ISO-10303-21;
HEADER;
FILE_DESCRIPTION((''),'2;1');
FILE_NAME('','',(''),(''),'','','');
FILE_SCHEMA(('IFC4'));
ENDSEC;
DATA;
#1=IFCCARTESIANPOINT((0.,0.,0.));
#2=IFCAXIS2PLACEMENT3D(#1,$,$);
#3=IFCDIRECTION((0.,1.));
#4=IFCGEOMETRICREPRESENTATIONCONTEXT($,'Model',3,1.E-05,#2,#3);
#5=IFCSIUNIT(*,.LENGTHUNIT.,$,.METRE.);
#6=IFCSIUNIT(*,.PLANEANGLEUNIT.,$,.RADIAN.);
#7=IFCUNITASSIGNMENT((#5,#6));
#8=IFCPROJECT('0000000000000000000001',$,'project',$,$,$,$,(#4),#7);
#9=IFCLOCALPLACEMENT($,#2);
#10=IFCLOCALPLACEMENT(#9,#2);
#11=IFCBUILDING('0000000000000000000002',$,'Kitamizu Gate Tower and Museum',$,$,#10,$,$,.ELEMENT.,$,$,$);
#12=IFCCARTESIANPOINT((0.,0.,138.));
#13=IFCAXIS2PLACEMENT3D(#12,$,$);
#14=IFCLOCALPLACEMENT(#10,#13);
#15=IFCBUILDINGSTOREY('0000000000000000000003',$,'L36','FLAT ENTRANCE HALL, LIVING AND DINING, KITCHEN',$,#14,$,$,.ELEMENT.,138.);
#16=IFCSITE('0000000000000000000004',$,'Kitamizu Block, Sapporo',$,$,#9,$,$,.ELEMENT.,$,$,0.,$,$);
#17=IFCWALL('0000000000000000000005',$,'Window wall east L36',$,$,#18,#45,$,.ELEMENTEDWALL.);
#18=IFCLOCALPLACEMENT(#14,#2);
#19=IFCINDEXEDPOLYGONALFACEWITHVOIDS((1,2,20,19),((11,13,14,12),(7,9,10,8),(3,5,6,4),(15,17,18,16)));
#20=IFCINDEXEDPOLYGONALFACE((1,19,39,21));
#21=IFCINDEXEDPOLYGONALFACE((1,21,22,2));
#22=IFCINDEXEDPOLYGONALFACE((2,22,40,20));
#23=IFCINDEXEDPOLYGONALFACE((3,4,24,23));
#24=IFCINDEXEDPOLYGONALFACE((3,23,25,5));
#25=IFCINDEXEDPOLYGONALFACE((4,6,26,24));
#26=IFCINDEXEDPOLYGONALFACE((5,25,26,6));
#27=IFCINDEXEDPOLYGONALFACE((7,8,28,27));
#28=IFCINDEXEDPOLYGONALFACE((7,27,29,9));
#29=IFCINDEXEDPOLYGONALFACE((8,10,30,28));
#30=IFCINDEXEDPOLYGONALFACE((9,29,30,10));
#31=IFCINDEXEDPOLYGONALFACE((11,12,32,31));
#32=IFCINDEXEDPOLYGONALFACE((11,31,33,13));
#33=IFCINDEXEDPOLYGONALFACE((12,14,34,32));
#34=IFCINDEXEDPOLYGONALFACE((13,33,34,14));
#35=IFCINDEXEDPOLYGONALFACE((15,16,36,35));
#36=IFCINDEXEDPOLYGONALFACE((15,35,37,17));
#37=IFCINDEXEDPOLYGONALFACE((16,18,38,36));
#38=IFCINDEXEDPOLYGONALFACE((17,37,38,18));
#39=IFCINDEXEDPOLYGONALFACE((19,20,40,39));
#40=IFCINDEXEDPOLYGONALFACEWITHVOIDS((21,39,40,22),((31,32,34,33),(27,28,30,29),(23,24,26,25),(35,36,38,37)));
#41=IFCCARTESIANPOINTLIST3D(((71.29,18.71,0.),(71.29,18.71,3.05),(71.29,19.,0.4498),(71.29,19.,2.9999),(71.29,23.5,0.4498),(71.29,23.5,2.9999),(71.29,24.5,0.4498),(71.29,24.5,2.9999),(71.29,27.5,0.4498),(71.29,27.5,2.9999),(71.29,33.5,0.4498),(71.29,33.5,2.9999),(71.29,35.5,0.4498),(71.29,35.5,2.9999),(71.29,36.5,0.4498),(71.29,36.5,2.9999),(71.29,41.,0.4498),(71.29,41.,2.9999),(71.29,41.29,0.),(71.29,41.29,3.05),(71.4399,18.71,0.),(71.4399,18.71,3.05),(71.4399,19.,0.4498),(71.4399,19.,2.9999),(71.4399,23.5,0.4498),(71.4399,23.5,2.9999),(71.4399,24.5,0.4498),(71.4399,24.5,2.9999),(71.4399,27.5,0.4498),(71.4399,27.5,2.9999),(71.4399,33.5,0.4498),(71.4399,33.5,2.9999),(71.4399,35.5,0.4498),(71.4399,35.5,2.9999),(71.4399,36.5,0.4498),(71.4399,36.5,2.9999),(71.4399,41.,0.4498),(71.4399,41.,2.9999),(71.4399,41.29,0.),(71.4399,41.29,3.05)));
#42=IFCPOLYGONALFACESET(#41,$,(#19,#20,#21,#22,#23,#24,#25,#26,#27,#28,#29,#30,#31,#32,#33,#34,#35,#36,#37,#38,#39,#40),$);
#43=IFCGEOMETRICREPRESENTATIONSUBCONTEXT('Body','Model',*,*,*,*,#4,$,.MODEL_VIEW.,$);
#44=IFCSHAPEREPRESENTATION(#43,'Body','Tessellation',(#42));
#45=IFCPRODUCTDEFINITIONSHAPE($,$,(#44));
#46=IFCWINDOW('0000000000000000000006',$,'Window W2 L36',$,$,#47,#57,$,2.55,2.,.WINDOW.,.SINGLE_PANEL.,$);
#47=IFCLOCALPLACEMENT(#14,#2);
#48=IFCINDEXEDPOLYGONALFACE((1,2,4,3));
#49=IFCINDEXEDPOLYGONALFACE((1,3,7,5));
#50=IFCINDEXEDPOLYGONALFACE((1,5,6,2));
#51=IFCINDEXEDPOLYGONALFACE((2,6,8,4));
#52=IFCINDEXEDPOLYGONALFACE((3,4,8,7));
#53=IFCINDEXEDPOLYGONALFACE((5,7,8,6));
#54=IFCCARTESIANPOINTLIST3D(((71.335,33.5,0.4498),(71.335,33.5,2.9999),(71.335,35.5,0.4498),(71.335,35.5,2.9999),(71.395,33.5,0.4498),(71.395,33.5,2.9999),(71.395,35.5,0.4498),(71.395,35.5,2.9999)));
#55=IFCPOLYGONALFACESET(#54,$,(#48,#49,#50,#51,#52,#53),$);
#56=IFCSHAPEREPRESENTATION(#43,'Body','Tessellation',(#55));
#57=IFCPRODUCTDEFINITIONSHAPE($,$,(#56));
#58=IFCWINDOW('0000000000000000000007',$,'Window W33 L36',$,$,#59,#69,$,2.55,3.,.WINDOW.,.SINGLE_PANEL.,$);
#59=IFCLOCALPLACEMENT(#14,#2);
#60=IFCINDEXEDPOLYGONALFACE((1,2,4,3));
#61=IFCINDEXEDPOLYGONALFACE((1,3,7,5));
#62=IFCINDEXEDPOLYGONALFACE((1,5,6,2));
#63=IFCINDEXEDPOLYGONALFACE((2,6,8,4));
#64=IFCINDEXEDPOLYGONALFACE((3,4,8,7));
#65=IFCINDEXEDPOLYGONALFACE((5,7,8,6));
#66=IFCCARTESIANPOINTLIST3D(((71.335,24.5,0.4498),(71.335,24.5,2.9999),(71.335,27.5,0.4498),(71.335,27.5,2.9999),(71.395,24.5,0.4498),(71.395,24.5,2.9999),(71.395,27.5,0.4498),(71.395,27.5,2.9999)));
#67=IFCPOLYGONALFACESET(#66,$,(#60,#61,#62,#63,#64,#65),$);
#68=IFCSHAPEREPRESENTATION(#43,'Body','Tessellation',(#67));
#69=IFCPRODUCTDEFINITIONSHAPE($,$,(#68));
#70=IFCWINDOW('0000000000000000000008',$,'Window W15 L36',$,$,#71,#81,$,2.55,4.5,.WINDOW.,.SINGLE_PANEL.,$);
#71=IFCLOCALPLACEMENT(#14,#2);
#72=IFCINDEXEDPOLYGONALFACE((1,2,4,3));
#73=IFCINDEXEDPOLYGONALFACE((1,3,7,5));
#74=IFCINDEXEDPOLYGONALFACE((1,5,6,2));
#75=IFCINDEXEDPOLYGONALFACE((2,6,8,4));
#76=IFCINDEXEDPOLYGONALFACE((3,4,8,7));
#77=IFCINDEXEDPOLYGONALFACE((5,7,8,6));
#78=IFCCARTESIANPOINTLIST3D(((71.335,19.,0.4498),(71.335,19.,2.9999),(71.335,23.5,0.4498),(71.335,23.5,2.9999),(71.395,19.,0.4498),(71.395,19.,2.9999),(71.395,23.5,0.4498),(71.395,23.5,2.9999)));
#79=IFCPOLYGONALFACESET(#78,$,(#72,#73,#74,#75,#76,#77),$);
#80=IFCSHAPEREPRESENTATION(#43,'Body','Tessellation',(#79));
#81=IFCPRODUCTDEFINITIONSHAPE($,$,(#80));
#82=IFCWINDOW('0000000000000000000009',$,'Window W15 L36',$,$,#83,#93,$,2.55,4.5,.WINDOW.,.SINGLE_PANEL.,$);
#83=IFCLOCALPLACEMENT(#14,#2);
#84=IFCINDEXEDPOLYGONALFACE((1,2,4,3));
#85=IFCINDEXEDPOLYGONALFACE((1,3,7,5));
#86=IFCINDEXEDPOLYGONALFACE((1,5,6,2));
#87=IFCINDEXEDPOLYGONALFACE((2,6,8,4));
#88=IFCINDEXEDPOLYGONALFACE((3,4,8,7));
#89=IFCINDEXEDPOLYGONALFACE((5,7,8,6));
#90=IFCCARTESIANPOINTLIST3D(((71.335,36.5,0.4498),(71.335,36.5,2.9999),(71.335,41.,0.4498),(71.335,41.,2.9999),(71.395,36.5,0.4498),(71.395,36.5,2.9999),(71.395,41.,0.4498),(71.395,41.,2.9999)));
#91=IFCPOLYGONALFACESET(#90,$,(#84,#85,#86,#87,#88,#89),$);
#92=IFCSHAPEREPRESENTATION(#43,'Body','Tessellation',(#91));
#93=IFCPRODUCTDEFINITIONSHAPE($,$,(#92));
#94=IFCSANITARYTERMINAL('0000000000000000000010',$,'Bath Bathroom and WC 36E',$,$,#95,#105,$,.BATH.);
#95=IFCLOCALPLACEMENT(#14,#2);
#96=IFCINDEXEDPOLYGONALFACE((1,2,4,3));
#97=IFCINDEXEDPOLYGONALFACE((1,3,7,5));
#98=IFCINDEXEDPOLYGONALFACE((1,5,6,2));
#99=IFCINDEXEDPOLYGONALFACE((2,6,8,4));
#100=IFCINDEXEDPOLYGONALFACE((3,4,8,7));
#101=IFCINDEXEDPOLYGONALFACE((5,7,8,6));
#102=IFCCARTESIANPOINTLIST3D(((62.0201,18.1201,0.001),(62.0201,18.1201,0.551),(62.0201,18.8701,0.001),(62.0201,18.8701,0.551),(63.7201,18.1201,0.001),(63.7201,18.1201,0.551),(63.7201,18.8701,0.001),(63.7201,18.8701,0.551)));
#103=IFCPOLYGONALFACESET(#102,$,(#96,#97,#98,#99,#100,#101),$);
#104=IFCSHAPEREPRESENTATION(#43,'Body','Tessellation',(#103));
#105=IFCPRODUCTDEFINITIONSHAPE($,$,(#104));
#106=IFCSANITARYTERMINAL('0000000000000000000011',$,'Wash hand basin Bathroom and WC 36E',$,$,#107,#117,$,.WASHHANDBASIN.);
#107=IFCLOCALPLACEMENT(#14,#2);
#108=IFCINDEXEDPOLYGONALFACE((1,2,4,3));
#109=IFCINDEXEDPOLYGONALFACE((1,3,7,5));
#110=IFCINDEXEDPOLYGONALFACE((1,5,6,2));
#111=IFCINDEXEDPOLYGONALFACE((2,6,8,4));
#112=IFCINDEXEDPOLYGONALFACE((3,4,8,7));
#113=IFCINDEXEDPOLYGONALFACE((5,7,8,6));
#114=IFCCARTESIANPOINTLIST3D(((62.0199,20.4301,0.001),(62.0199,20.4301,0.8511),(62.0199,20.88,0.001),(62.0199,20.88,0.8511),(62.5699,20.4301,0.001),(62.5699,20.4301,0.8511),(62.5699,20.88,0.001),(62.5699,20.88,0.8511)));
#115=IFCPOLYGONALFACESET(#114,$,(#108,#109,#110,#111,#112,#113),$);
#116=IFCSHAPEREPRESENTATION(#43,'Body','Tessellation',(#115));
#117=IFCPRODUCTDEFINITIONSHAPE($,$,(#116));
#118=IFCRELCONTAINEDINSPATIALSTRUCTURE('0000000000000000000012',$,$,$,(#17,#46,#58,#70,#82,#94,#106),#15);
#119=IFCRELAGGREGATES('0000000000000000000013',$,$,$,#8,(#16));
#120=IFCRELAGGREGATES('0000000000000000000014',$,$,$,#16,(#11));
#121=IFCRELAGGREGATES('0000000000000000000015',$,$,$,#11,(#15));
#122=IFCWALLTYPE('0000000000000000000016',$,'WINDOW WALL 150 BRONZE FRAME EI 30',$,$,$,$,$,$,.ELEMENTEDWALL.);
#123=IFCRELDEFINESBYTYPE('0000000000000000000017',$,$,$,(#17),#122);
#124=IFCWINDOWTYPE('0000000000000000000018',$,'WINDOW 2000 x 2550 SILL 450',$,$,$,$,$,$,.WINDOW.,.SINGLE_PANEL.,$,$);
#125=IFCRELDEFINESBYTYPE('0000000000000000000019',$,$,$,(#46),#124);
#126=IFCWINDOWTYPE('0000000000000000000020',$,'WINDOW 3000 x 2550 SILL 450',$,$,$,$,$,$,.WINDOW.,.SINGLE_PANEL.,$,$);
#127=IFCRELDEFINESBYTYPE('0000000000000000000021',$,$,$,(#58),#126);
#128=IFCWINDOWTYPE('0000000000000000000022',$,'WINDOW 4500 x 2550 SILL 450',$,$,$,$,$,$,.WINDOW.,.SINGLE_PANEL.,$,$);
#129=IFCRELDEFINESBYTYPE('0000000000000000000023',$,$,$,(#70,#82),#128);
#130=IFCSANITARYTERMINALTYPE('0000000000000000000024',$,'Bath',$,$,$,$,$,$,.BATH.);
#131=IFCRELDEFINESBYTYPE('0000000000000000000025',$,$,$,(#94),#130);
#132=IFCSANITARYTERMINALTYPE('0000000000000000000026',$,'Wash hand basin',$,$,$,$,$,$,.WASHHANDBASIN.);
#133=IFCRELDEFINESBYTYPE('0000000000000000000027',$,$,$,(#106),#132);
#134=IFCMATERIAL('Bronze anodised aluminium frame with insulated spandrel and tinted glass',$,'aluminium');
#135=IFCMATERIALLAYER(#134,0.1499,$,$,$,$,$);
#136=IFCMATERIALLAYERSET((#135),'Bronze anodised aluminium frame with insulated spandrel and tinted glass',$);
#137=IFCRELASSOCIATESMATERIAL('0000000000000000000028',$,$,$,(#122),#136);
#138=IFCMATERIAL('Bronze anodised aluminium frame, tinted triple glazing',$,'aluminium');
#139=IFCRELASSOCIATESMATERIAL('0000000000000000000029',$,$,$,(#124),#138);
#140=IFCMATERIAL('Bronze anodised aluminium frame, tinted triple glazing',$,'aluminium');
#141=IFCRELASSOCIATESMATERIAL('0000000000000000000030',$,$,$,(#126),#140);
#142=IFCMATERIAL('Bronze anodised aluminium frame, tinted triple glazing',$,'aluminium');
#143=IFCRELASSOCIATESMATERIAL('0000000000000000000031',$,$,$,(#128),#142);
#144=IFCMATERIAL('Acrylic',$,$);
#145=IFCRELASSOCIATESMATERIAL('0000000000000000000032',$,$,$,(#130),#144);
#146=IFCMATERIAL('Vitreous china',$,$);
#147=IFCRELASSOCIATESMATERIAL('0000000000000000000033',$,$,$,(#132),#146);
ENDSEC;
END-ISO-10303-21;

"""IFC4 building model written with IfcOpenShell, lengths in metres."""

from ifc_helpers import new_model, si_unit, direction, frame, frame_2d, origin, origin_2d, place, context, subcontext, project, spatial, rectangle, extrude, material, layer, layer_set, type_object, element, fill, save


model = new_model("IFC4")

# Units and contexts
model_context = context("Model", 3, precision=1e-05, world=origin(), true_north=direction((0.0, 1.0)))
body_context = subcontext(model_context, "Body", "Model", "MODEL_VIEW")
ifc_project = project(units=[si_unit("LENGTHUNIT", "METRE"), si_unit("PLANEANGLEUNIT", "RADIAN")], contexts=[model_context])

# Site, building, storey
site_placement = place(None, origin())
site = spatial("IfcSite", under=ifc_project, at=site_placement, Name="Kitamizu Block, Sapporo", CompositionType="ELEMENT", RefElevation=0.0)
building_placement = place(site_placement, origin())
building = spatial("IfcBuilding", under=site, at=building_placement, Name="Kitamizu Gate Tower and Museum", CompositionType="ELEMENT")
storey_placement = place(building_placement, frame((0.0, 0.0, 138.0)))
storey = spatial("IfcBuildingStorey", under=building, at=storey_placement, Name="L36", Description="FLAT ENTRANCE HALL, LIVING AND DINING, KITCHEN", CompositionType="ELEMENT", Elevation=138.0)

# Shared definitions
ifc_material_1 = material(Name="Bronze anodised aluminium frame with insulated spandrel and tinted glass", Category="aluminium")
ifc_layer_1 = layer(ifc_material_1, 0.1499)
ifc_layer_set_1 = layer_set([ifc_layer_1], Name="Bronze anodised aluminium frame with insulated spandrel and tinted glass")
wall_type_1 = type_object("IfcWallType", Name="WINDOW WALL 150 BRONZE FRAME EI 30", PredefinedType="ELEMENTEDWALL", material=ifc_layer_set_1)

# Wall, openings, windows
wall_1_placement = place(storey_placement, frame((71.365, 18.71, 0.0), z_axis=(0.0, 0.0, 1.0), x_axis=(0.0, 1.0, 0.0)))
wall_1 = element("IfcWall", 1, at=wall_1_placement, inside=storey, type_object=wall_type_1, Name="Window wall east L36", PredefinedType="ELEMENTEDWALL", context=body_context, shape_type="SweptSolid", body=[
    extrude(rectangle(XDim=22.5801, YDim=0.1499, at=frame_2d((11.29, 0.0))), origin(), (0.0, 0.0, 1.0), 3.05),
])
opening_1_placement = place(wall_1_placement, frame((0.29, 0.0, 0.45)))
opening_1 = element("IfcOpeningElement", 2, at=opening_1_placement, cuts=wall_1, PredefinedType="OPENING", context=body_context, shape_type="SweptSolid", body=[
    extrude(rectangle(XDim=4.5, YDim=2.55, at=frame_2d((2.25, 1.2749))), frame((0.0, 0.085, 0.0), z_axis=(0.0, -1.0, 0.0), x_axis=(1.0, 0.0, 0.0)), (0.0, 0.0, 1.0), 0.1699),
])
opening_2_placement = place(wall_1_placement, frame((5.79, 0.0, 0.45)))
opening_2 = element("IfcOpeningElement", 3, at=opening_2_placement, cuts=wall_1, PredefinedType="OPENING", context=body_context, shape_type="SweptSolid", body=[
    extrude(rectangle(XDim=3.0, YDim=2.55, at=frame_2d((1.5, 1.2749))), frame((0.0, 0.085, 0.0), z_axis=(0.0, -1.0, 0.0), x_axis=(1.0, 0.0, 0.0)), (0.0, 0.0, 1.0), 0.1699),
])
opening_3_placement = place(wall_1_placement, frame((14.79, 0.0, 0.45)))
opening_3 = element("IfcOpeningElement", 4, at=opening_3_placement, cuts=wall_1, PredefinedType="OPENING", context=body_context, shape_type="SweptSolid", body=[
    extrude(rectangle(XDim=2.0, YDim=2.55, at=frame_2d((1.0, 1.2749))), frame((0.0, 0.085, 0.0), z_axis=(0.0, -1.0, 0.0), x_axis=(1.0, 0.0, 0.0)), (0.0, 0.0, 1.0), 0.1699),
])
opening_4_placement = place(wall_1_placement, frame((17.79, 0.0, 0.45)))
opening_4 = element("IfcOpeningElement", 5, at=opening_4_placement, cuts=wall_1, PredefinedType="OPENING", context=body_context, shape_type="SweptSolid", body=[
    extrude(rectangle(XDim=4.5, YDim=2.55, at=frame_2d((2.25, 1.2749))), frame((0.0, 0.085, 0.0), z_axis=(0.0, -1.0, 0.0), x_axis=(1.0, 0.0, 0.0)), (0.0, 0.0, 1.0), 0.1699),
])
ifc_material_2 = material(Name="Bronze anodised aluminium frame, tinted triple glazing", Category="aluminium")
window_type_1 = type_object("IfcWindowType", Name="WINDOW 2000 x 2550 SILL 450", PartitioningType="SINGLE_PANEL", PredefinedType="WINDOW", material=ifc_material_2)
window_1_placement = place(opening_3_placement, origin())
window_1 = element("IfcWindow", 6, at=window_1_placement, inside=storey, type_object=window_type_1, Name="Window W2 L36", OverallHeight=2.55, OverallWidth=2.0, PartitioningType="SINGLE_PANEL", PredefinedType="WINDOW", context=body_context, shape_type="SweptSolid", body=[
    extrude(rectangle(XDim=2.0, YDim=2.55, at=frame_2d((1.0, 1.2749))), frame((0.0, 0.03, 0.0), z_axis=(0.0, -1.0, 0.0), x_axis=(1.0, 0.0, 0.0)), (0.0, 0.0, 1.0), 0.0601),
])
fill(opening_3, window_1)
ifc_material_3 = material(Name="Bronze anodised aluminium frame, tinted triple glazing", Category="aluminium")
window_type_2 = type_object("IfcWindowType", Name="WINDOW 3000 x 2550 SILL 450", PartitioningType="SINGLE_PANEL", PredefinedType="WINDOW", material=ifc_material_3)
window_2_placement = place(opening_2_placement, origin())
window_2 = element("IfcWindow", 7, at=window_2_placement, inside=storey, type_object=window_type_2, Name="Window W33 L36", OverallHeight=2.55, OverallWidth=3.0, PartitioningType="SINGLE_PANEL", PredefinedType="WINDOW", context=body_context, shape_type="SweptSolid", body=[
    extrude(rectangle(XDim=3.0, YDim=2.55, at=frame_2d((1.5, 1.2749))), frame((0.0, 0.03, 0.0), z_axis=(0.0, -1.0, 0.0), x_axis=(1.0, 0.0, 0.0)), (0.0, 0.0, 1.0), 0.0601),
])
fill(opening_2, window_2)
ifc_material_4 = material(Name="Bronze anodised aluminium frame, tinted triple glazing", Category="aluminium")
window_type_3 = type_object("IfcWindowType", Name="WINDOW 4500 x 2550 SILL 450", PartitioningType="SINGLE_PANEL", PredefinedType="WINDOW", material=ifc_material_4)
window_3_placement = place(opening_1_placement, origin())
window_3 = element("IfcWindow", 8, at=window_3_placement, inside=storey, type_object=window_type_3, Name="Window W15 L36", OverallHeight=2.55, OverallWidth=4.5, PartitioningType="SINGLE_PANEL", PredefinedType="WINDOW", context=body_context, shape_type="SweptSolid", body=[
    extrude(rectangle(XDim=4.5, YDim=2.55, at=frame_2d((2.25, 1.2749))), frame((0.0, 0.03, 0.0), z_axis=(0.0, -1.0, 0.0), x_axis=(1.0, 0.0, 0.0)), (0.0, 0.0, 1.0), 0.0601),
])
fill(opening_1, window_3)
window_4_placement = place(opening_4_placement, origin())
window_4 = element("IfcWindow", 9, at=window_4_placement, inside=storey, type_object=window_type_3, Name="Window W15 L36", OverallHeight=2.55, OverallWidth=4.5, PartitioningType="SINGLE_PANEL", PredefinedType="WINDOW", context=body_context, shape_type="SweptSolid", body=[
    extrude(rectangle(XDim=4.5, YDim=2.55, at=frame_2d((2.25, 1.2749))), frame((0.0, 0.03, 0.0), z_axis=(0.0, -1.0, 0.0), x_axis=(1.0, 0.0, 0.0)), (0.0, 0.0, 1.0), 0.0601),
])
fill(opening_4, window_4)

# Sanitary terminals
ifc_material_5 = material(Name="Acrylic")
sanitary_terminal_type_1 = type_object("IfcSanitaryTerminalType", Name="Bath", PredefinedType="BATH", material=ifc_material_5)
sanitary_terminal_1_placement = place(storey_placement, frame((62.8701, 18.4951, 0.001), z_axis=(0.0, 0.0, 1.0), x_axis=(1.0, 0.0, 0.0)))
element("IfcSanitaryTerminal", 10, at=sanitary_terminal_1_placement, inside=storey, type_object=sanitary_terminal_type_1, Name="Bath Bathroom and WC 36E", PredefinedType="BATH", context=body_context, shape_type="SweptSolid", body=[
    extrude(rectangle(XDim=1.7, YDim=0.75, at=origin_2d()), origin(), (0.0, 0.0, 1.0), 0.55),
])
ifc_material_6 = material(Name="Vitreous china")
sanitary_terminal_type_2 = type_object("IfcSanitaryTerminalType", Name="Wash hand basin", PredefinedType="WASHHANDBASIN", material=ifc_material_6)
sanitary_terminal_2_placement = place(storey_placement, frame((62.2949, 20.655, 0.001), z_axis=(0.0, 0.0, 1.0), x_axis=(1.0, 0.0, 0.0)))
element("IfcSanitaryTerminal", 11, at=sanitary_terminal_2_placement, inside=storey, type_object=sanitary_terminal_type_2, Name="Wash hand basin Bathroom and WC 36E", PredefinedType="WASHHANDBASIN", context=body_context, shape_type="SweptSolid", body=[
    extrude(rectangle(XDim=0.55, YDim=0.45, at=origin_2d()), origin(), (0.0, 0.0, 1.0), 0.8501),
])

save(model, "model.ifc")
